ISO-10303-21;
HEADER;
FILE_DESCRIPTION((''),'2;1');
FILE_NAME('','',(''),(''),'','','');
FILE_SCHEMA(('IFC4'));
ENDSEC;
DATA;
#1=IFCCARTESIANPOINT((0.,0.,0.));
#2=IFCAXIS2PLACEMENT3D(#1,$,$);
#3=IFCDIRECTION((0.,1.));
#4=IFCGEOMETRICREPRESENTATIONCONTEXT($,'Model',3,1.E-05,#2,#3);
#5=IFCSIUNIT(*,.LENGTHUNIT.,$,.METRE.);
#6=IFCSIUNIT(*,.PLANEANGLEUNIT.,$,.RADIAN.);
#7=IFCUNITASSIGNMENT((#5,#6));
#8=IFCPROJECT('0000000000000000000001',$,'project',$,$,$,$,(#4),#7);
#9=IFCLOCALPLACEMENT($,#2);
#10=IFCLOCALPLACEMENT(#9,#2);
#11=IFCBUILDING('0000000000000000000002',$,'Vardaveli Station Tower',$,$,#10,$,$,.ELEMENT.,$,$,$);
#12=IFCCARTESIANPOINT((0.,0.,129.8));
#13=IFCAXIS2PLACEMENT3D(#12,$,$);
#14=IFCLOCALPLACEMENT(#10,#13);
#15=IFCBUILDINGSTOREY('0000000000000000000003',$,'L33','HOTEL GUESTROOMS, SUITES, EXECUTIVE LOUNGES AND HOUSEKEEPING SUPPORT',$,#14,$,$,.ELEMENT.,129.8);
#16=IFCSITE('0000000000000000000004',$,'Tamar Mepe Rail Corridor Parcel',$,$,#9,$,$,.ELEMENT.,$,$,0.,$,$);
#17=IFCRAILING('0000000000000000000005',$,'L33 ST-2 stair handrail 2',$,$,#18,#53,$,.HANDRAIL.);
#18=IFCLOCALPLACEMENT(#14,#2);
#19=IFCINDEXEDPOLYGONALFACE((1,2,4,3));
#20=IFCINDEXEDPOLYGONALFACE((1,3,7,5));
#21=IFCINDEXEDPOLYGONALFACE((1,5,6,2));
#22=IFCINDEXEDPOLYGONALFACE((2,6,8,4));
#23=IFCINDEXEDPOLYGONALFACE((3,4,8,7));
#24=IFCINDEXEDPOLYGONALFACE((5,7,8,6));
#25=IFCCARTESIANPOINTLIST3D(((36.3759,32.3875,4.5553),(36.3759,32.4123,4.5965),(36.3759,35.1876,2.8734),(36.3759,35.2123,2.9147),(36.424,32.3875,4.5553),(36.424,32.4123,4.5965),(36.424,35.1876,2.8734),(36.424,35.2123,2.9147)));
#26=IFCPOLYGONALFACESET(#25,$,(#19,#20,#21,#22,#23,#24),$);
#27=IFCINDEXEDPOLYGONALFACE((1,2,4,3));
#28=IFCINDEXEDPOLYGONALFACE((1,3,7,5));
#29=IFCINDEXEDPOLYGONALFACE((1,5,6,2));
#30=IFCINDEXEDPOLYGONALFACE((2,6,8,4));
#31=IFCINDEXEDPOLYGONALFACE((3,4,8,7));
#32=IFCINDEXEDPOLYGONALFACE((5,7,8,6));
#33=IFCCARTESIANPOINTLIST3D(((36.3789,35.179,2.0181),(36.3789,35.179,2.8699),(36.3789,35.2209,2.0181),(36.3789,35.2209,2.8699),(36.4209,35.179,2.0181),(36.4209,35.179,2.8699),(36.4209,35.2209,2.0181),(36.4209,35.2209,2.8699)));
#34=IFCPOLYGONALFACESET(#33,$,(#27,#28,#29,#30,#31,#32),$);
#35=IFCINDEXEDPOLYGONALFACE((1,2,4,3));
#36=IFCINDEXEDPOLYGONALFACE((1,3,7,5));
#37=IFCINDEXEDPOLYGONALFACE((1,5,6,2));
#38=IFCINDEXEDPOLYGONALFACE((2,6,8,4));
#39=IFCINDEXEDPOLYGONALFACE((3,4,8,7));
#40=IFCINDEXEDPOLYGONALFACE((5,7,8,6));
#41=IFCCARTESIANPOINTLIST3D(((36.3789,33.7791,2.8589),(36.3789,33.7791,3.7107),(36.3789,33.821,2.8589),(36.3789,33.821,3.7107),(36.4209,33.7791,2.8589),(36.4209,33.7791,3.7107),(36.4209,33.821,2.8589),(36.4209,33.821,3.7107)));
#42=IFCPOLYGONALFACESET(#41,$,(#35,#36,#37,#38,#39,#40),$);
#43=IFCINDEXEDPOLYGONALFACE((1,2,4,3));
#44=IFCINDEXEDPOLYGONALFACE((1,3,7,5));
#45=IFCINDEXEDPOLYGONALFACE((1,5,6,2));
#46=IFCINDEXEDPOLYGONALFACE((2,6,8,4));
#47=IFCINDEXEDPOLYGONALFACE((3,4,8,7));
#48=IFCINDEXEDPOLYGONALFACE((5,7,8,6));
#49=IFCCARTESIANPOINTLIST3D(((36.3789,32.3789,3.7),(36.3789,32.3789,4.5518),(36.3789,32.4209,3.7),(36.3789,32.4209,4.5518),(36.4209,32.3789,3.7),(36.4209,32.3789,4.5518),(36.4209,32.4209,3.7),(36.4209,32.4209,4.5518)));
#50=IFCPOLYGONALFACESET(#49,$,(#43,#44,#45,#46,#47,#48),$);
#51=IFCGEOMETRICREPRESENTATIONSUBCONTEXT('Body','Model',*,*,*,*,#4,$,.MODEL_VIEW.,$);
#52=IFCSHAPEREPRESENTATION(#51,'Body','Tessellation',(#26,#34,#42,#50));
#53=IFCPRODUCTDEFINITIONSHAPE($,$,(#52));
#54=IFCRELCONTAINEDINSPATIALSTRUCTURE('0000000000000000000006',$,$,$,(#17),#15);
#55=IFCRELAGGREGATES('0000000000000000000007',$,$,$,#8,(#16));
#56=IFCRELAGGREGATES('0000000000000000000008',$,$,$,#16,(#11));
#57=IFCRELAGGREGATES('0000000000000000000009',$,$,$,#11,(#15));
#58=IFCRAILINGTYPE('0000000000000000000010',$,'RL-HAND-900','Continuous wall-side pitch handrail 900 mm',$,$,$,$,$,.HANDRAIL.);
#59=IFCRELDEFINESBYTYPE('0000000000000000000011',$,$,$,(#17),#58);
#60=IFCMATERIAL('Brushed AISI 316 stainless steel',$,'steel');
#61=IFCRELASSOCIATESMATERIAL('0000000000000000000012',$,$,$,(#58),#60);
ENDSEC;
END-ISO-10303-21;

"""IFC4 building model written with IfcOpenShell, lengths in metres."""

from ifc_helpers import new_model, si_unit, direction, frame, origin, origin_2d, place, context, subcontext, project, spatial, rectangle, extrude, source, transform, mapped, material, type_object, element, save


model = new_model("IFC4")

# Units and contexts
model_context = context("Model", 3, precision=1e-05, world=origin(), true_north=direction((0.0, 1.0)))
body_context = subcontext(model_context, "Body", "Model", "MODEL_VIEW")
ifc_project = project(units=[si_unit("LENGTHUNIT", "METRE"), si_unit("PLANEANGLEUNIT", "RADIAN")], contexts=[model_context])

# Site, building, storey
site_placement = place(None, origin())
site = spatial("IfcSite", under=ifc_project, at=site_placement, Name="Tamar Mepe Rail Corridor Parcel", CompositionType="ELEMENT", RefElevation=0.0)
building_placement = place(site_placement, origin())
building = spatial("IfcBuilding", under=site, at=building_placement, Name="Vardaveli Station Tower", CompositionType="ELEMENT")
storey_placement = place(building_placement, frame((0.0, 0.0, 129.8)))
storey = spatial("IfcBuildingStorey", under=building, at=storey_placement, Name="L33", Description="HOTEL GUESTROOMS, SUITES, EXECUTIVE LOUNGES AND HOUSEKEEPING SUPPORT", CompositionType="ELEMENT", Elevation=129.8)

# Railing
ifc_material_1 = material(Name="Brushed AISI 316 stainless steel", Category="steel")
railing_type_1 = type_object("IfcRailingType", Name="RL-HAND-900", Description="Continuous wall-side pitch handrail 900 mm", PredefinedType="HANDRAIL", material=ifc_material_1)
shared_shape_1 = source(origin(), body_context, "Body", "SweptSolid", [
    extrude(rectangle(XDim=0.0481, YDim=0.0481, at=origin_2d()), frame((0.0, 0.0, 0.876), z_axis=(0.0, -0.857242, 0.514913), x_axis=(1.0, 0.0, 0.0)), (0.0, 0.0, 1.0), 3.2664),
    extrude(rectangle(XDim=0.042, YDim=0.042, at=origin_2d()), origin(), (0.0, 0.0, 1.0), 0.8518),
    extrude(rectangle(XDim=0.042, YDim=0.042, at=origin_2d()), frame((0.0, -1.3999, 0.8408)), (0.0, 0.0, 1.0), 0.8518),
    extrude(rectangle(XDim=0.042, YDim=0.042, at=origin_2d()), frame((0.0, -2.8, 1.6819)), (0.0, 0.0, 1.0), 0.8518),
])
railing_1_placement = place(storey_placement, frame((36.3999, 35.2, 2.0181)))
element("IfcRailing", 1, at=railing_1_placement, inside=storey, type_object=railing_type_1, Name="L33 ST-2 stair handrail 2", PredefinedType="HANDRAIL", context=body_context, shape_type="MappedRepresentation", body=[
    mapped(shared_shape_1, transform((0.0, 0.0, 0.0), scale=1.0)),
])

save(model, "model.ifc")
